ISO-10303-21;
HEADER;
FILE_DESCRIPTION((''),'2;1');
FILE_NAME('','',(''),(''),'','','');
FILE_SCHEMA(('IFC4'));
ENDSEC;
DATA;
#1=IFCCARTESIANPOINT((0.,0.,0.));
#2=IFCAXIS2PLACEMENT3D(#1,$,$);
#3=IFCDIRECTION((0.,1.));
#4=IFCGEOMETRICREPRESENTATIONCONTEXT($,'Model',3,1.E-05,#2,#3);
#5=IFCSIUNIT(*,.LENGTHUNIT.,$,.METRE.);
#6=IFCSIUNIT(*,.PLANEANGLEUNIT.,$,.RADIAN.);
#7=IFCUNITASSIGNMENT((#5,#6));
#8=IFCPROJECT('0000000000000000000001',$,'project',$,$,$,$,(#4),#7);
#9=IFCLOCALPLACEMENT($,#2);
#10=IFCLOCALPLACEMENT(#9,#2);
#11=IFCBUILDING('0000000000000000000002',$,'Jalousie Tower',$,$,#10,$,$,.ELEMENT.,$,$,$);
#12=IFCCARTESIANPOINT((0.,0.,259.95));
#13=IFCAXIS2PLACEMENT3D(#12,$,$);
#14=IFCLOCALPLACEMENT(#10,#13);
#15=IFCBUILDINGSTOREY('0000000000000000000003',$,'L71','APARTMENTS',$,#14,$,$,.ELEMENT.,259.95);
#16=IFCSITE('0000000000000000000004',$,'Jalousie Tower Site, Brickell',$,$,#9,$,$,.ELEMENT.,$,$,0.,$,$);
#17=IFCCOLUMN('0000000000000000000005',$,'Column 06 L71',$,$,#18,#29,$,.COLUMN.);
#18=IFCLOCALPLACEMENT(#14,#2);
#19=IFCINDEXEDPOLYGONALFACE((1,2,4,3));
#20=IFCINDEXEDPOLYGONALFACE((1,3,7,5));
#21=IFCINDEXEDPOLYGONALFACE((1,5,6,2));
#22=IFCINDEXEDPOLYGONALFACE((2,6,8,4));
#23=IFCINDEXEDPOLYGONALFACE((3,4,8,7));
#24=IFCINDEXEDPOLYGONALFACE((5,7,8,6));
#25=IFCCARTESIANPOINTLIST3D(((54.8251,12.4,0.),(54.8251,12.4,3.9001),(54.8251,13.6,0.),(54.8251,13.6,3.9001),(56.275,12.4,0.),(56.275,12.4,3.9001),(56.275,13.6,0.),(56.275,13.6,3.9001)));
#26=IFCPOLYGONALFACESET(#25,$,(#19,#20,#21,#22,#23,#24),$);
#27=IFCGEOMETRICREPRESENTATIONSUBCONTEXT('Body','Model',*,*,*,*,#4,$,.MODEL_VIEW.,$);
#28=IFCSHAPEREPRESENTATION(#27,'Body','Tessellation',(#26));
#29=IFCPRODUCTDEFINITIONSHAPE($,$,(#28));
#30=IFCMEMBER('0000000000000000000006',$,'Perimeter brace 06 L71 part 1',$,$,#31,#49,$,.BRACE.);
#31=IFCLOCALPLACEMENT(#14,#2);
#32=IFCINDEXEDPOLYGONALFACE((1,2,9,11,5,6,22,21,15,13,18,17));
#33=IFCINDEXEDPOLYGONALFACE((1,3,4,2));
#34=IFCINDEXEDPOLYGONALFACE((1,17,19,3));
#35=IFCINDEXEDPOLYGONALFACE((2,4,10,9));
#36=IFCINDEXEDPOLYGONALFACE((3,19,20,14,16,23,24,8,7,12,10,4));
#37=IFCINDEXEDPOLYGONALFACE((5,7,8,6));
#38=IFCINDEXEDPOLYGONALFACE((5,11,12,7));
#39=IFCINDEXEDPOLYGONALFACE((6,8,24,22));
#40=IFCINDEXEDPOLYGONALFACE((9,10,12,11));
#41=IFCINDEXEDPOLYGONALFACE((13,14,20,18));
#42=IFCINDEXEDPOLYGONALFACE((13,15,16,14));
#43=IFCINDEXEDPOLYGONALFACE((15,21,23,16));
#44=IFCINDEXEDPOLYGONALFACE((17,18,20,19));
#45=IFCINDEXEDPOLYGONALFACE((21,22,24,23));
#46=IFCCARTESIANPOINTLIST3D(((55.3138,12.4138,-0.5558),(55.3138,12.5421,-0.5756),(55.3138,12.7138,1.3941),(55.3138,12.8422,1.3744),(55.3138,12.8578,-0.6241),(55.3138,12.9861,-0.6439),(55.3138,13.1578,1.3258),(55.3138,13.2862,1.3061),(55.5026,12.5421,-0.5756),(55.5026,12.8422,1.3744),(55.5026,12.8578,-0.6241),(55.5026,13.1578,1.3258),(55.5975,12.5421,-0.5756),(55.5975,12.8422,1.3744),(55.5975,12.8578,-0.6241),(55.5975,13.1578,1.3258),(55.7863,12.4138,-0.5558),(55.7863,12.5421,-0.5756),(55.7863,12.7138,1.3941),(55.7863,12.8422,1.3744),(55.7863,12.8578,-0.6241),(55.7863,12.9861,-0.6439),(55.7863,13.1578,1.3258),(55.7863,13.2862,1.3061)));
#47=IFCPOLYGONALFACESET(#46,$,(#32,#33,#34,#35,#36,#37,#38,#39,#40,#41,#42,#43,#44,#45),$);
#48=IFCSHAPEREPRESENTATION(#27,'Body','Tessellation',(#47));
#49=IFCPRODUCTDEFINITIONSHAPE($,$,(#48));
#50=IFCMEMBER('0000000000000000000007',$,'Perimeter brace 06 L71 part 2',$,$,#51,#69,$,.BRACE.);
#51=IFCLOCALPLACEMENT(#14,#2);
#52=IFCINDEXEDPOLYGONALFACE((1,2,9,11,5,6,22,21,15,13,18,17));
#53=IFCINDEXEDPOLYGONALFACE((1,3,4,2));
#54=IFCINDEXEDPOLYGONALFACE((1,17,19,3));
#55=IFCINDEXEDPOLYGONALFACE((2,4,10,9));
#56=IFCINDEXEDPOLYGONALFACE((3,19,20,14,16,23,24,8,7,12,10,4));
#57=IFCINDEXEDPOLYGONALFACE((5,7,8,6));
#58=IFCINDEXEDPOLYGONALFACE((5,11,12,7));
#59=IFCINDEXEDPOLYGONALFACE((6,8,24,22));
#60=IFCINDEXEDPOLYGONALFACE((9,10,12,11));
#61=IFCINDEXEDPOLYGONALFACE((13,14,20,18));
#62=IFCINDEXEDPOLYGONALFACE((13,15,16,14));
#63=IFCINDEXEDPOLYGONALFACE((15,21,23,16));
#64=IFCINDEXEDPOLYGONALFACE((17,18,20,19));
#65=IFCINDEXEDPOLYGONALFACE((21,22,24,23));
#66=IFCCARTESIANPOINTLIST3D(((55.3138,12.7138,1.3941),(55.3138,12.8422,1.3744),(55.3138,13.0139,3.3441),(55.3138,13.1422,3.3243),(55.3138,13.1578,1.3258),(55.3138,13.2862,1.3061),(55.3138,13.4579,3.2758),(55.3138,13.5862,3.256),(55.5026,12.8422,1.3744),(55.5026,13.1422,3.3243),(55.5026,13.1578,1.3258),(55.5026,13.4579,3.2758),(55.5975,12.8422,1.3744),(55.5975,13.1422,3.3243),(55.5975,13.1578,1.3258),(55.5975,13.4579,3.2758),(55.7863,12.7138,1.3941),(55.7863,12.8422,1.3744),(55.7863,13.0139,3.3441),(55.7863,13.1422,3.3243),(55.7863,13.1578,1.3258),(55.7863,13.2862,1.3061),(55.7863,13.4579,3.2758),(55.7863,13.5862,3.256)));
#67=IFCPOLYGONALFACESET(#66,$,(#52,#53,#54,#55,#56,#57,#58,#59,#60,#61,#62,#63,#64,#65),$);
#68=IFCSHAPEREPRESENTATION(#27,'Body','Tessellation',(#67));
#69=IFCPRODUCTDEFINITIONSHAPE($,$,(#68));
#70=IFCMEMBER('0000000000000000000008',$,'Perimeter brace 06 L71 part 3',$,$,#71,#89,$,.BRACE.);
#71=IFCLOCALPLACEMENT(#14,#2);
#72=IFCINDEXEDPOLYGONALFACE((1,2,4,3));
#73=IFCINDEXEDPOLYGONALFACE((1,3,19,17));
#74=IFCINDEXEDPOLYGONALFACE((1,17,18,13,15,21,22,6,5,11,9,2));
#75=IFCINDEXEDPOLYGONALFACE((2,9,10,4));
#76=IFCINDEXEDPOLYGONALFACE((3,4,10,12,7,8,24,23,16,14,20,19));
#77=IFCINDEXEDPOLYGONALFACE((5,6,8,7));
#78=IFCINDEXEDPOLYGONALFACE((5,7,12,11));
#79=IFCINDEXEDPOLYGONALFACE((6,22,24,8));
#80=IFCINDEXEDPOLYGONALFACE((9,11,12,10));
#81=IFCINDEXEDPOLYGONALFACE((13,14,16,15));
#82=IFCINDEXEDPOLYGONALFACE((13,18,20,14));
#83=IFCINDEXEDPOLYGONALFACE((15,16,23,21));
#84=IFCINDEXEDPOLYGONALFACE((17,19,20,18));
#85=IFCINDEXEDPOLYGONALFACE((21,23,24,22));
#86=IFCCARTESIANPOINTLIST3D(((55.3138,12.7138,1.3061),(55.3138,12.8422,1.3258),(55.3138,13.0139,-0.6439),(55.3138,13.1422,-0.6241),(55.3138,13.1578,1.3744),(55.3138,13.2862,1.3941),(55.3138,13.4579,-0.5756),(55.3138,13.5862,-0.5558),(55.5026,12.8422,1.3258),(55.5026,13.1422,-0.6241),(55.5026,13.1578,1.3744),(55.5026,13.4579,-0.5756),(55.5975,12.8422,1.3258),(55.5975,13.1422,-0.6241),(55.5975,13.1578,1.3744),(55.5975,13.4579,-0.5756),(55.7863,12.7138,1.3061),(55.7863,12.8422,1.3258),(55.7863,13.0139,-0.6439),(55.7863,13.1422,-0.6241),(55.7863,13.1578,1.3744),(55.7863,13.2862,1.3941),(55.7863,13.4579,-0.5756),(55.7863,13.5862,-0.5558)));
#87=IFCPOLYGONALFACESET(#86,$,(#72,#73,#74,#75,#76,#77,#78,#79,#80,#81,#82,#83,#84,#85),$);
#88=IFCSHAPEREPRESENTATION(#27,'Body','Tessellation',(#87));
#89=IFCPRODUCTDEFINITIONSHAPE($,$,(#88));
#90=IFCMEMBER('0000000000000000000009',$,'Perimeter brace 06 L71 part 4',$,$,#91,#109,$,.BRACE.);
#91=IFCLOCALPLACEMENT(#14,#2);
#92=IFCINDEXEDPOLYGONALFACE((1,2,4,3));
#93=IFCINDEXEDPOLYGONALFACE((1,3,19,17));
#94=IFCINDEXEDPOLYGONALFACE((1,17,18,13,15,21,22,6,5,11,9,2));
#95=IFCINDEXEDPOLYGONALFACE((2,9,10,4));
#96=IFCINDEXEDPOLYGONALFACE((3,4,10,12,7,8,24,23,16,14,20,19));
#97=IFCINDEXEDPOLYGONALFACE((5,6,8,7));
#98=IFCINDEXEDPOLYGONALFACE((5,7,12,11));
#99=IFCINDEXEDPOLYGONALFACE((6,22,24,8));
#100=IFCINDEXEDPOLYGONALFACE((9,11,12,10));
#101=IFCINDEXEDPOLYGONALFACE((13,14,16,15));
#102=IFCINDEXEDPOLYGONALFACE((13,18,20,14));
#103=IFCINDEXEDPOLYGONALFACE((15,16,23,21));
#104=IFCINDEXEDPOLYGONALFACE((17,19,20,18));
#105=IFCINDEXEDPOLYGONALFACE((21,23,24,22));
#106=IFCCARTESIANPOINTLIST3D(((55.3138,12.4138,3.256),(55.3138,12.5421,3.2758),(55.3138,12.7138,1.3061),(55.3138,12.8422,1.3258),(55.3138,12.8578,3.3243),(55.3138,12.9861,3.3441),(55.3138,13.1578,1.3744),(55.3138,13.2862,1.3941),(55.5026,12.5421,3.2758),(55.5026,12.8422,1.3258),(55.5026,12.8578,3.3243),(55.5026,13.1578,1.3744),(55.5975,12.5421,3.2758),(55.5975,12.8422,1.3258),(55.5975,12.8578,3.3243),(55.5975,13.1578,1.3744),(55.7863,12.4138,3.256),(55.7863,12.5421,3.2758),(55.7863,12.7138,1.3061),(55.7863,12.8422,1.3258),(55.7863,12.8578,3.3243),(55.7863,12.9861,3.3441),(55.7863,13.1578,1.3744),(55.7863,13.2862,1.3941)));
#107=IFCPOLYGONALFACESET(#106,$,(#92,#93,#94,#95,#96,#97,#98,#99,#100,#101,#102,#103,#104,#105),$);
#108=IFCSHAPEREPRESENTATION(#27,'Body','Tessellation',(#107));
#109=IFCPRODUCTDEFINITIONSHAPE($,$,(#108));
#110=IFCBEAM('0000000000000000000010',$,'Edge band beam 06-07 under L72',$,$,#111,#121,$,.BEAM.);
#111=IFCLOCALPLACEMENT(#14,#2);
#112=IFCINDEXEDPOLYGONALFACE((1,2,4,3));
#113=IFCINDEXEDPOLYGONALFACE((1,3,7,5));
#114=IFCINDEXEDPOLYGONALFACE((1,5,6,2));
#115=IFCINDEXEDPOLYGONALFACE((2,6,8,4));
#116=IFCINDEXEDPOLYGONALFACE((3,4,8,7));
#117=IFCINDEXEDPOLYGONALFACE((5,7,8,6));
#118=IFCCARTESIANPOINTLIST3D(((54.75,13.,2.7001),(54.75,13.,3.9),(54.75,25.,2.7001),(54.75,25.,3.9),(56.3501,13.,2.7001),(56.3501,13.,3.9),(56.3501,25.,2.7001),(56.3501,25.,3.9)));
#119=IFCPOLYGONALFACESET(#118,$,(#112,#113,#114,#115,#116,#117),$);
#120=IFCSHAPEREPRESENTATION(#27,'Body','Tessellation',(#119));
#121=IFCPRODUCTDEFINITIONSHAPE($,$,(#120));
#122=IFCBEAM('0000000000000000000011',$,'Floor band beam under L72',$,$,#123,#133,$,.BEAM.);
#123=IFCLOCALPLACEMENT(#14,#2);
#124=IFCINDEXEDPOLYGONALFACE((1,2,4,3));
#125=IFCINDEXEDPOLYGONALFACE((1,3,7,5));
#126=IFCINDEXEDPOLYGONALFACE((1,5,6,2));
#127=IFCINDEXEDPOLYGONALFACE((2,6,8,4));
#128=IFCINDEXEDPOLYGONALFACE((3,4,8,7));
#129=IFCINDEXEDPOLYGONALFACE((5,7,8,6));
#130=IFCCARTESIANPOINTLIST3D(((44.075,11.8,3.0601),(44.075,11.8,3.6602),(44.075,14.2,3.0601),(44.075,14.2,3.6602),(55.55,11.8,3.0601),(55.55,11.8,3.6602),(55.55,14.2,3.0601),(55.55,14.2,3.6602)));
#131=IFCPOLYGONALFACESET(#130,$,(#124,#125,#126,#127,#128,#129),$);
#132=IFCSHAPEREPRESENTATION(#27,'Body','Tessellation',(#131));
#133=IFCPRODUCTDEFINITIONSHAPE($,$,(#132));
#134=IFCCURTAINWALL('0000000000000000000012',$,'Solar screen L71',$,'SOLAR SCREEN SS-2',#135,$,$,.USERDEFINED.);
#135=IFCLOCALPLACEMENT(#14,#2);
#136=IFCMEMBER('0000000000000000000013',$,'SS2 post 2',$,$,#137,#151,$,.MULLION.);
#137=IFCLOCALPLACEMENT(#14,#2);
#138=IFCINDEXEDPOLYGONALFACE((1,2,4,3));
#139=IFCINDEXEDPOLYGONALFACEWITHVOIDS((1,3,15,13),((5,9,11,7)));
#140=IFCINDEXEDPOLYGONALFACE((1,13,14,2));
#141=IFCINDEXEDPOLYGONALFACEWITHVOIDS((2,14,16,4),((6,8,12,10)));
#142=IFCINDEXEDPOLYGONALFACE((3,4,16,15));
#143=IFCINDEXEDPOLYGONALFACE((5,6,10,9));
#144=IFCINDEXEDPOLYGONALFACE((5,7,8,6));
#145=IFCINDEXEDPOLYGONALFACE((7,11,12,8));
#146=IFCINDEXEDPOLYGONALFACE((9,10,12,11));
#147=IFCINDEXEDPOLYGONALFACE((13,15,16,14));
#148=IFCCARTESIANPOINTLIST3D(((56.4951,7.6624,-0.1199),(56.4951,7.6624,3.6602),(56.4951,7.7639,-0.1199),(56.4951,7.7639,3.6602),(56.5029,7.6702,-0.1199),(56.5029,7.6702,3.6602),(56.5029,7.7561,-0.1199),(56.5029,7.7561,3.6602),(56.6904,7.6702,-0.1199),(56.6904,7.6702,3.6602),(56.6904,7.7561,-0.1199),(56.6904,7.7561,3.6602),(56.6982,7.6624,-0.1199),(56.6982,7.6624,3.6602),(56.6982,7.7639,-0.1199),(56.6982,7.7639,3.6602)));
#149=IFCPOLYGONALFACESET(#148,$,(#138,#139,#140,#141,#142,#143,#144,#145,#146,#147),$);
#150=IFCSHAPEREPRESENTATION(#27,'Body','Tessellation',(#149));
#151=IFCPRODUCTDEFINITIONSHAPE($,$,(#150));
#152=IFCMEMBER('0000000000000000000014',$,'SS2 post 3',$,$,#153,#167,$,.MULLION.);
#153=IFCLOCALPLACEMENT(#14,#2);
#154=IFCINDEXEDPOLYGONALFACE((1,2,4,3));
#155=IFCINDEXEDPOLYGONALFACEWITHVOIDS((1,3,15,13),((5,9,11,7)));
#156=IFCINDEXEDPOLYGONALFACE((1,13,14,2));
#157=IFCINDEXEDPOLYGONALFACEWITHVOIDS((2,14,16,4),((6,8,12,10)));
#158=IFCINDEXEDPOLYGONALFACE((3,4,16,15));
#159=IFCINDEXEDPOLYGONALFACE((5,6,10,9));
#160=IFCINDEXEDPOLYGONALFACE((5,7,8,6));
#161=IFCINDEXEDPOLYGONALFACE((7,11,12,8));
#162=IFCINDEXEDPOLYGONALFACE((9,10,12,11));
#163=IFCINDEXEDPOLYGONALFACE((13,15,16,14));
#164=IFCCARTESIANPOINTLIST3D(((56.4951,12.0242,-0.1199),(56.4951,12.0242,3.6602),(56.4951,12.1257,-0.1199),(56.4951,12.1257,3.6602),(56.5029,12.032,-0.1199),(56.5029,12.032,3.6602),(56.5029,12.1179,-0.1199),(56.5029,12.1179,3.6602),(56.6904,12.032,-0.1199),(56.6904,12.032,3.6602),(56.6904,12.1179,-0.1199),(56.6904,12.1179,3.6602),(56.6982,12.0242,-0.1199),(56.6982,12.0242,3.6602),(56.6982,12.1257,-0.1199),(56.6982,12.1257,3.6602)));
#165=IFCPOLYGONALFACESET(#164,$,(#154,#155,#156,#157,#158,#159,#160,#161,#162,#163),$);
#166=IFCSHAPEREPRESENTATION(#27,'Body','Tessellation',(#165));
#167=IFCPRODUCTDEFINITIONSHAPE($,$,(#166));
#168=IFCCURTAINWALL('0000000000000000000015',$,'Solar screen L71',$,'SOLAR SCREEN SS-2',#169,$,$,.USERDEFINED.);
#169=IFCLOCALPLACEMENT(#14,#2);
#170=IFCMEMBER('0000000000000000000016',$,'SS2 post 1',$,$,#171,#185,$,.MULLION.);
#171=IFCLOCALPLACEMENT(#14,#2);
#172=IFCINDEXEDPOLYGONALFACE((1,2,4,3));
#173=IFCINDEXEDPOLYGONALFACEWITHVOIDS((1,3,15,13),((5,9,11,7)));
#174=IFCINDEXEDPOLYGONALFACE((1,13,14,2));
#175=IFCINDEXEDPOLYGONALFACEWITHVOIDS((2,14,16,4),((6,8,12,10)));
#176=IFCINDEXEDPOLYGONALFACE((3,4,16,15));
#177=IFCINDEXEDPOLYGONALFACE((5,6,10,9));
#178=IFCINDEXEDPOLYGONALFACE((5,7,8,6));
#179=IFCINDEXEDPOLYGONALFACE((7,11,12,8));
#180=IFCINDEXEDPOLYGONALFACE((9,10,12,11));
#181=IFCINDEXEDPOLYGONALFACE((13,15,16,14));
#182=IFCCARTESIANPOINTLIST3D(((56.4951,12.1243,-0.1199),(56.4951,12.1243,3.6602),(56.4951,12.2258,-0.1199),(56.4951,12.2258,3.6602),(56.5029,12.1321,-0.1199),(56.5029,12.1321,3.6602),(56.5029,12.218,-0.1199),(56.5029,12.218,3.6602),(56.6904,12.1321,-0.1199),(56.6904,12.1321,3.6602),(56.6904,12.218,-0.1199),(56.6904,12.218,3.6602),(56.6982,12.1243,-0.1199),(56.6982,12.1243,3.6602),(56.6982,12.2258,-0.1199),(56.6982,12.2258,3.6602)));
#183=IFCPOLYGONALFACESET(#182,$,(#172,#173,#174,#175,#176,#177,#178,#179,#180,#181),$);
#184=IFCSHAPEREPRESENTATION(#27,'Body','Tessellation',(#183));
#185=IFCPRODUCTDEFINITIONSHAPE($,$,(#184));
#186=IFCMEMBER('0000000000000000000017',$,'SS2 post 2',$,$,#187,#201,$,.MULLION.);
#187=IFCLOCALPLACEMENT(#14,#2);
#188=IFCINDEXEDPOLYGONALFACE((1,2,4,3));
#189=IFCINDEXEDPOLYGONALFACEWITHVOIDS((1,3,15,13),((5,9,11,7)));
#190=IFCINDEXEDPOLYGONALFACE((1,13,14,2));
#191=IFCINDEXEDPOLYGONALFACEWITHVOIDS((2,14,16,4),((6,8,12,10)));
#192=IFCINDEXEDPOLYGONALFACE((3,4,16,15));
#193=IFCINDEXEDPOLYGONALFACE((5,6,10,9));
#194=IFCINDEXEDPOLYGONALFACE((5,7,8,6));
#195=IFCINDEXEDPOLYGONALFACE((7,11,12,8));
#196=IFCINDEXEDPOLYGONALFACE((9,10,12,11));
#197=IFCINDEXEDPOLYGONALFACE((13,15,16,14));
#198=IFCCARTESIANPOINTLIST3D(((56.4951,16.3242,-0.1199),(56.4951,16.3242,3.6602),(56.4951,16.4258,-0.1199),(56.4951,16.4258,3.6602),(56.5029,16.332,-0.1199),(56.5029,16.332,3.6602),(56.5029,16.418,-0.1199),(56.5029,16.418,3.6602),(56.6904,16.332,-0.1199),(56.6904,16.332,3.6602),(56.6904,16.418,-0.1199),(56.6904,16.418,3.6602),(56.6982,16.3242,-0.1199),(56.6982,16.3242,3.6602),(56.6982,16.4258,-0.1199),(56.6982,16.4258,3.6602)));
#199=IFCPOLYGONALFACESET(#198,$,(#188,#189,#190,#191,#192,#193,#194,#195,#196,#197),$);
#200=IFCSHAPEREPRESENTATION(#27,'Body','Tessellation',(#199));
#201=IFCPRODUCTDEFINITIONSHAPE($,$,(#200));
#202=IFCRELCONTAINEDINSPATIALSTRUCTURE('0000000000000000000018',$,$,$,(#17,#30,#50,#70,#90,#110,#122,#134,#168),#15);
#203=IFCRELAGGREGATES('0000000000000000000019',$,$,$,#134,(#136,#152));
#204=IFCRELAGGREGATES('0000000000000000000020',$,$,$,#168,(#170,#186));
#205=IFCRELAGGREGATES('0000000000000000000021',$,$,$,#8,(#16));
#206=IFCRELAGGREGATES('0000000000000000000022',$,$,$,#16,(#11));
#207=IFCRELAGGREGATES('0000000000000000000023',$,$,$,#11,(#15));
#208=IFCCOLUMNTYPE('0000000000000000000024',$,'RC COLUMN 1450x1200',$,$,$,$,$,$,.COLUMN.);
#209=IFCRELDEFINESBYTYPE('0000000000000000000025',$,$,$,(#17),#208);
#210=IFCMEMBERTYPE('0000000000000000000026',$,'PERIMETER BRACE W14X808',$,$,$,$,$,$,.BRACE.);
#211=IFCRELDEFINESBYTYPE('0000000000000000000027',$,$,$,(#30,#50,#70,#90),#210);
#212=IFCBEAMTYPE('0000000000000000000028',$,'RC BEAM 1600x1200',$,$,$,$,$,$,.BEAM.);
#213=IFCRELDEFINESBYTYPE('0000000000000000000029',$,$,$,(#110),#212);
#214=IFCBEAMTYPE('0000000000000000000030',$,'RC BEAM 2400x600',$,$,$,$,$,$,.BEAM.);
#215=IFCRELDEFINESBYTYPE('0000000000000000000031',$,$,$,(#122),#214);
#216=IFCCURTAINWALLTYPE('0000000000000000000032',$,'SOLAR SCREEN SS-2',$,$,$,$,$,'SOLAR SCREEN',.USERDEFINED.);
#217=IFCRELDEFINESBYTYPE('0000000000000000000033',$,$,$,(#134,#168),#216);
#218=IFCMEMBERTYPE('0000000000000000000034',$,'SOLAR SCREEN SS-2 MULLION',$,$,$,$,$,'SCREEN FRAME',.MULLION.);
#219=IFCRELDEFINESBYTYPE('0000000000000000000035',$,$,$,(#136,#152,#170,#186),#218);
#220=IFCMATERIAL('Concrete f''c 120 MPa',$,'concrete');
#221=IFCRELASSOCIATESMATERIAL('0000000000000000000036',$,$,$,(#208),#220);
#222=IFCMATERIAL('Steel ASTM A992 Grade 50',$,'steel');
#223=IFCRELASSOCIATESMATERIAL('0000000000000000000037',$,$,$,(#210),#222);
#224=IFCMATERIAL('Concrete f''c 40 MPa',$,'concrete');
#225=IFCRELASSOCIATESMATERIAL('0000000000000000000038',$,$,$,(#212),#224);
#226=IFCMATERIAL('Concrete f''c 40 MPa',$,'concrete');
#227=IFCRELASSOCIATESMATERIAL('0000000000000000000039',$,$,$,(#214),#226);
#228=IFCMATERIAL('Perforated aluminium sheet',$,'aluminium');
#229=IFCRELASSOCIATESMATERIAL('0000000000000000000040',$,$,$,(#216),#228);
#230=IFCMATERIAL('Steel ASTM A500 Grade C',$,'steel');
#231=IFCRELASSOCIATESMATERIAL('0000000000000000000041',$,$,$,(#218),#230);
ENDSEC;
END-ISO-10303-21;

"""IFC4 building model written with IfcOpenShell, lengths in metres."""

from ifc_helpers import new_model, si_unit, direction, frame, origin, origin_2d, place, context, subcontext, project, spatial, rectangle, hollow_rectangle, i_section, extrude, material, material_profile, profile_set, type_object, element, aggregate, save


model = new_model("IFC4")

# Units and contexts
model_context = context("Model", 3, precision=1e-05, world=origin(), true_north=direction((0.0, 1.0)))
body_context = subcontext(model_context, "Body", "Model", "MODEL_VIEW")
ifc_project = project(units=[si_unit("LENGTHUNIT", "METRE"), si_unit("PLANEANGLEUNIT", "RADIAN")], contexts=[model_context])

# Site, building, storey
site_placement = place(None, origin())
site = spatial("IfcSite", under=ifc_project, at=site_placement, Name="Jalousie Tower Site, Brickell", CompositionType="ELEMENT", RefElevation=0.0)
building_placement = place(site_placement, origin())
building = spatial("IfcBuilding", under=site, at=building_placement, Name="Jalousie Tower", CompositionType="ELEMENT")
storey_placement = place(building_placement, frame((0.0, 0.0, 259.95)))
storey = spatial("IfcBuildingStorey", under=building, at=storey_placement, Name="L71", Description="APARTMENTS", CompositionType="ELEMENT", Elevation=259.95)

# Column
ifc_material_1 = material(Name="Concrete f'c 120 MPa", Category="concrete")
ifc_material_profile_1 = material_profile(ifc_material_1, rectangle(XDim=1.45, YDim=1.2, at=origin_2d()), Name="RC 1450x1200")
ifc_profile_set_1 = profile_set([ifc_material_profile_1], Name="Concrete f'c 120 MPa")
column_type = type_object("IfcColumnType", Name="RC COLUMN 1450x1200", PredefinedType="COLUMN", material=ifc_profile_set_1)
column_placement = place(storey_placement, frame((55.55, 13.0, 0.0), z_axis=(0.0, 0.0, 1.0), x_axis=(1.0, 0.0, 0.0)))
element("IfcColumn", 1, at=column_placement, inside=storey, type_object=column_type, Name="Column 06 L71", PredefinedType="COLUMN", context=body_context, shape_type="SweptSolid", body=[
    extrude(rectangle(XDim=1.45, YDim=1.2, at=origin_2d()), origin(), (0.0, 0.0, 1.0), 3.9001),
])

# Members
ifc_material_2 = material(Name="Steel ASTM A992 Grade 50", Category="steel")
ifc_material_profile_2 = material_profile(ifc_material_2, i_section(OverallWidth=0.4724, OverallDepth=0.5791, WebThickness=0.095, FlangeThickness=0.1299, at=origin_2d()), Name="W14X808")
ifc_profile_set_2 = profile_set([ifc_material_profile_2], Name="Steel ASTM A992 Grade 50")
member_type_1 = type_object("IfcMemberType", Name="PERIMETER BRACE W14X808", PredefinedType="BRACE", material=ifc_profile_set_2)
for number, where, z_axis, x_axis, name in (
    (2, (55.55, 12.7, -0.5999), (0.0, 0.152085, 0.988367), (-1.0, 0.0, 0.0), "Perimeter brace 06 L71 part 1"),
    (3, (55.55, 13.0, 1.3501), (0.0, 0.152085, 0.988367), (-1.0, 0.0, 0.0), "Perimeter brace 06 L71 part 2"),
    (4, (55.55, 13.3, -0.5999), (0.0, -0.152085, 0.988367), (1.0, 0.0, 0.0), "Perimeter brace 06 L71 part 3"),
    (5, (55.55, 13.0, 1.3501), (0.0, -0.152085, 0.988367), (1.0, 0.0, 0.0), "Perimeter brace 06 L71 part 4"),
):
    element("IfcMember", number, at=place(storey_placement, frame(where, z_axis=z_axis, x_axis=x_axis)), inside=storey, type_object=member_type_1, Name=name, PredefinedType="BRACE", context=body_context, shape_type="SweptSolid", body=[
        extrude(i_section(OverallWidth=0.4724, OverallDepth=0.5791, WebThickness=0.095, FlangeThickness=0.1299, at=origin_2d()), origin(), (0.0, 0.0, 1.0), 1.9729),
    ])

# Beams
ifc_material_3 = material(Name="Concrete f'c 40 MPa", Category="concrete")
ifc_material_profile_3 = material_profile(ifc_material_3, rectangle(XDim=1.6001, YDim=1.2, at=origin_2d()), Name="RC 1600x1200")
ifc_profile_set_3 = profile_set([ifc_material_profile_3], Name="Concrete f'c 40 MPa")
beam_type_1 = type_object("IfcBeamType", Name="RC BEAM 1600x1200", PredefinedType="BEAM", material=ifc_profile_set_3)
beam_1_placement = place(storey_placement, frame((55.55, 13.0, 3.3), z_axis=(0.0, 1.0, 0.0), x_axis=(-1.0, 0.0, 0.0)))
element("IfcBeam", 6, at=beam_1_placement, inside=storey, type_object=beam_type_1, Name="Edge band beam 06-07 under L72", PredefinedType="BEAM", context=body_context, shape_type="SweptSolid", body=[
    extrude(rectangle(XDim=1.6001, YDim=1.2, at=origin_2d()), origin(), (0.0, 0.0, 1.0), 12.0),
])
ifc_material_4 = material(Name="Concrete f'c 40 MPa", Category="concrete")
ifc_material_profile_4 = material_profile(ifc_material_4, rectangle(XDim=2.3999, YDim=0.6001, at=origin_2d()), Name="RC 2400x600")
ifc_profile_set_4 = profile_set([ifc_material_profile_4], Name="Concrete f'c 40 MPa")
beam_type_2 = type_object("IfcBeamType", Name="RC BEAM 2400x600", PredefinedType="BEAM", material=ifc_profile_set_4)
beam_2_placement = place(storey_placement, frame((55.55, 13.0, 3.3601), z_axis=(-1.0, 0.0, 0.0), x_axis=(0.0, -1.0, 0.0)))
element("IfcBeam", 7, at=beam_2_placement, inside=storey, type_object=beam_type_2, Name="Floor band beam under L72", PredefinedType="BEAM", context=body_context, shape_type="SweptSolid", body=[
    extrude(rectangle(XDim=2.3999, YDim=0.6001, at=origin_2d()), origin(), (0.0, 0.0, 1.0), 11.4751),
])

# Curtain walls, members
ifc_material_5 = material(Name="Perforated aluminium sheet", Category="aluminium")
curtain_wall_type = type_object("IfcCurtainWallType", Name="SOLAR SCREEN SS-2", ElementType="SOLAR SCREEN", PredefinedType="USERDEFINED", material=ifc_material_5)
curtain_wall_1_placement = place(storey_placement, origin())
curtain_wall_1 = element("IfcCurtainWall", 8, at=curtain_wall_1_placement, inside=storey, type_object=curtain_wall_type, Name="Solar screen L71", ObjectType="SOLAR SCREEN SS-2", PredefinedType="USERDEFINED")
ifc_material_6 = material(Name="Steel ASTM A500 Grade C", Category="steel")
ifc_material_profile_5 = material_profile(ifc_material_6, hollow_rectangle(XDim=0.1016, YDim=0.2031, WallThickness=0.0078, at=origin_2d()), Name="HSS8X4X5/16")
ifc_profile_set_5 = profile_set([ifc_material_profile_5], Name="Steel ASTM A500 Grade C")
member_type_2 = type_object("IfcMemberType", Name="SOLAR SCREEN SS-2 MULLION", ElementType="SCREEN FRAME", PredefinedType="MULLION", material=ifc_profile_set_5)
member_1_placement = place(storey_placement, frame((56.5967, 7.7131, -0.1199), z_axis=(0.0, 0.0, 1.0), x_axis=(0.0, 1.0, 0.0)))
member_1 = element("IfcMember", 9, at=member_1_placement, type_object=member_type_2, Name="SS2 post 2", PredefinedType="MULLION", context=body_context, shape_type="SweptSolid", body=[
    extrude(hollow_rectangle(XDim=0.1016, YDim=0.2031, WallThickness=0.0078, at=origin_2d()), origin(), (0.0, 0.0, 1.0), 3.78),
])
member_2_placement = place(storey_placement, frame((56.5967, 12.075, -0.1199), z_axis=(0.0, 0.0, 1.0), x_axis=(0.0, 1.0, 0.0)))
member_2 = element("IfcMember", 10, at=member_2_placement, type_object=member_type_2, Name="SS2 post 3", PredefinedType="MULLION", context=body_context, shape_type="SweptSolid", body=[
    extrude(hollow_rectangle(XDim=0.1016, YDim=0.2031, WallThickness=0.0078, at=origin_2d()), origin(), (0.0, 0.0, 1.0), 3.78),
])
curtain_wall_2_placement = place(storey_placement, origin())
curtain_wall_2 = element("IfcCurtainWall", 11, at=curtain_wall_2_placement, inside=storey, type_object=curtain_wall_type, Name="Solar screen L71", ObjectType="SOLAR SCREEN SS-2", PredefinedType="USERDEFINED")
member_3_placement = place(storey_placement, frame((56.5967, 12.175, -0.1199), z_axis=(0.0, 0.0, 1.0), x_axis=(0.0, 1.0, 0.0)))
member_3 = element("IfcMember", 12, at=member_3_placement, type_object=member_type_2, Name="SS2 post 1", PredefinedType="MULLION", context=body_context, shape_type="SweptSolid", body=[
    extrude(hollow_rectangle(XDim=0.1016, YDim=0.2031, WallThickness=0.0078, at=origin_2d()), origin(), (0.0, 0.0, 1.0), 3.78),
])
member_4_placement = place(storey_placement, frame((56.5967, 16.375, -0.1199), z_axis=(0.0, 0.0, 1.0), x_axis=(0.0, 1.0, 0.0)))
member_4 = element("IfcMember", 13, at=member_4_placement, type_object=member_type_2, Name="SS2 post 2", PredefinedType="MULLION", context=body_context, shape_type="SweptSolid", body=[
    extrude(hollow_rectangle(XDim=0.1016, YDim=0.2031, WallThickness=0.0078, at=origin_2d()), origin(), (0.0, 0.0, 1.0), 3.78),
])

aggregate(curtain_wall_1, [member_1, member_2])
aggregate(curtain_wall_2, [member_3, member_4])

save(model, "model.ifc")
